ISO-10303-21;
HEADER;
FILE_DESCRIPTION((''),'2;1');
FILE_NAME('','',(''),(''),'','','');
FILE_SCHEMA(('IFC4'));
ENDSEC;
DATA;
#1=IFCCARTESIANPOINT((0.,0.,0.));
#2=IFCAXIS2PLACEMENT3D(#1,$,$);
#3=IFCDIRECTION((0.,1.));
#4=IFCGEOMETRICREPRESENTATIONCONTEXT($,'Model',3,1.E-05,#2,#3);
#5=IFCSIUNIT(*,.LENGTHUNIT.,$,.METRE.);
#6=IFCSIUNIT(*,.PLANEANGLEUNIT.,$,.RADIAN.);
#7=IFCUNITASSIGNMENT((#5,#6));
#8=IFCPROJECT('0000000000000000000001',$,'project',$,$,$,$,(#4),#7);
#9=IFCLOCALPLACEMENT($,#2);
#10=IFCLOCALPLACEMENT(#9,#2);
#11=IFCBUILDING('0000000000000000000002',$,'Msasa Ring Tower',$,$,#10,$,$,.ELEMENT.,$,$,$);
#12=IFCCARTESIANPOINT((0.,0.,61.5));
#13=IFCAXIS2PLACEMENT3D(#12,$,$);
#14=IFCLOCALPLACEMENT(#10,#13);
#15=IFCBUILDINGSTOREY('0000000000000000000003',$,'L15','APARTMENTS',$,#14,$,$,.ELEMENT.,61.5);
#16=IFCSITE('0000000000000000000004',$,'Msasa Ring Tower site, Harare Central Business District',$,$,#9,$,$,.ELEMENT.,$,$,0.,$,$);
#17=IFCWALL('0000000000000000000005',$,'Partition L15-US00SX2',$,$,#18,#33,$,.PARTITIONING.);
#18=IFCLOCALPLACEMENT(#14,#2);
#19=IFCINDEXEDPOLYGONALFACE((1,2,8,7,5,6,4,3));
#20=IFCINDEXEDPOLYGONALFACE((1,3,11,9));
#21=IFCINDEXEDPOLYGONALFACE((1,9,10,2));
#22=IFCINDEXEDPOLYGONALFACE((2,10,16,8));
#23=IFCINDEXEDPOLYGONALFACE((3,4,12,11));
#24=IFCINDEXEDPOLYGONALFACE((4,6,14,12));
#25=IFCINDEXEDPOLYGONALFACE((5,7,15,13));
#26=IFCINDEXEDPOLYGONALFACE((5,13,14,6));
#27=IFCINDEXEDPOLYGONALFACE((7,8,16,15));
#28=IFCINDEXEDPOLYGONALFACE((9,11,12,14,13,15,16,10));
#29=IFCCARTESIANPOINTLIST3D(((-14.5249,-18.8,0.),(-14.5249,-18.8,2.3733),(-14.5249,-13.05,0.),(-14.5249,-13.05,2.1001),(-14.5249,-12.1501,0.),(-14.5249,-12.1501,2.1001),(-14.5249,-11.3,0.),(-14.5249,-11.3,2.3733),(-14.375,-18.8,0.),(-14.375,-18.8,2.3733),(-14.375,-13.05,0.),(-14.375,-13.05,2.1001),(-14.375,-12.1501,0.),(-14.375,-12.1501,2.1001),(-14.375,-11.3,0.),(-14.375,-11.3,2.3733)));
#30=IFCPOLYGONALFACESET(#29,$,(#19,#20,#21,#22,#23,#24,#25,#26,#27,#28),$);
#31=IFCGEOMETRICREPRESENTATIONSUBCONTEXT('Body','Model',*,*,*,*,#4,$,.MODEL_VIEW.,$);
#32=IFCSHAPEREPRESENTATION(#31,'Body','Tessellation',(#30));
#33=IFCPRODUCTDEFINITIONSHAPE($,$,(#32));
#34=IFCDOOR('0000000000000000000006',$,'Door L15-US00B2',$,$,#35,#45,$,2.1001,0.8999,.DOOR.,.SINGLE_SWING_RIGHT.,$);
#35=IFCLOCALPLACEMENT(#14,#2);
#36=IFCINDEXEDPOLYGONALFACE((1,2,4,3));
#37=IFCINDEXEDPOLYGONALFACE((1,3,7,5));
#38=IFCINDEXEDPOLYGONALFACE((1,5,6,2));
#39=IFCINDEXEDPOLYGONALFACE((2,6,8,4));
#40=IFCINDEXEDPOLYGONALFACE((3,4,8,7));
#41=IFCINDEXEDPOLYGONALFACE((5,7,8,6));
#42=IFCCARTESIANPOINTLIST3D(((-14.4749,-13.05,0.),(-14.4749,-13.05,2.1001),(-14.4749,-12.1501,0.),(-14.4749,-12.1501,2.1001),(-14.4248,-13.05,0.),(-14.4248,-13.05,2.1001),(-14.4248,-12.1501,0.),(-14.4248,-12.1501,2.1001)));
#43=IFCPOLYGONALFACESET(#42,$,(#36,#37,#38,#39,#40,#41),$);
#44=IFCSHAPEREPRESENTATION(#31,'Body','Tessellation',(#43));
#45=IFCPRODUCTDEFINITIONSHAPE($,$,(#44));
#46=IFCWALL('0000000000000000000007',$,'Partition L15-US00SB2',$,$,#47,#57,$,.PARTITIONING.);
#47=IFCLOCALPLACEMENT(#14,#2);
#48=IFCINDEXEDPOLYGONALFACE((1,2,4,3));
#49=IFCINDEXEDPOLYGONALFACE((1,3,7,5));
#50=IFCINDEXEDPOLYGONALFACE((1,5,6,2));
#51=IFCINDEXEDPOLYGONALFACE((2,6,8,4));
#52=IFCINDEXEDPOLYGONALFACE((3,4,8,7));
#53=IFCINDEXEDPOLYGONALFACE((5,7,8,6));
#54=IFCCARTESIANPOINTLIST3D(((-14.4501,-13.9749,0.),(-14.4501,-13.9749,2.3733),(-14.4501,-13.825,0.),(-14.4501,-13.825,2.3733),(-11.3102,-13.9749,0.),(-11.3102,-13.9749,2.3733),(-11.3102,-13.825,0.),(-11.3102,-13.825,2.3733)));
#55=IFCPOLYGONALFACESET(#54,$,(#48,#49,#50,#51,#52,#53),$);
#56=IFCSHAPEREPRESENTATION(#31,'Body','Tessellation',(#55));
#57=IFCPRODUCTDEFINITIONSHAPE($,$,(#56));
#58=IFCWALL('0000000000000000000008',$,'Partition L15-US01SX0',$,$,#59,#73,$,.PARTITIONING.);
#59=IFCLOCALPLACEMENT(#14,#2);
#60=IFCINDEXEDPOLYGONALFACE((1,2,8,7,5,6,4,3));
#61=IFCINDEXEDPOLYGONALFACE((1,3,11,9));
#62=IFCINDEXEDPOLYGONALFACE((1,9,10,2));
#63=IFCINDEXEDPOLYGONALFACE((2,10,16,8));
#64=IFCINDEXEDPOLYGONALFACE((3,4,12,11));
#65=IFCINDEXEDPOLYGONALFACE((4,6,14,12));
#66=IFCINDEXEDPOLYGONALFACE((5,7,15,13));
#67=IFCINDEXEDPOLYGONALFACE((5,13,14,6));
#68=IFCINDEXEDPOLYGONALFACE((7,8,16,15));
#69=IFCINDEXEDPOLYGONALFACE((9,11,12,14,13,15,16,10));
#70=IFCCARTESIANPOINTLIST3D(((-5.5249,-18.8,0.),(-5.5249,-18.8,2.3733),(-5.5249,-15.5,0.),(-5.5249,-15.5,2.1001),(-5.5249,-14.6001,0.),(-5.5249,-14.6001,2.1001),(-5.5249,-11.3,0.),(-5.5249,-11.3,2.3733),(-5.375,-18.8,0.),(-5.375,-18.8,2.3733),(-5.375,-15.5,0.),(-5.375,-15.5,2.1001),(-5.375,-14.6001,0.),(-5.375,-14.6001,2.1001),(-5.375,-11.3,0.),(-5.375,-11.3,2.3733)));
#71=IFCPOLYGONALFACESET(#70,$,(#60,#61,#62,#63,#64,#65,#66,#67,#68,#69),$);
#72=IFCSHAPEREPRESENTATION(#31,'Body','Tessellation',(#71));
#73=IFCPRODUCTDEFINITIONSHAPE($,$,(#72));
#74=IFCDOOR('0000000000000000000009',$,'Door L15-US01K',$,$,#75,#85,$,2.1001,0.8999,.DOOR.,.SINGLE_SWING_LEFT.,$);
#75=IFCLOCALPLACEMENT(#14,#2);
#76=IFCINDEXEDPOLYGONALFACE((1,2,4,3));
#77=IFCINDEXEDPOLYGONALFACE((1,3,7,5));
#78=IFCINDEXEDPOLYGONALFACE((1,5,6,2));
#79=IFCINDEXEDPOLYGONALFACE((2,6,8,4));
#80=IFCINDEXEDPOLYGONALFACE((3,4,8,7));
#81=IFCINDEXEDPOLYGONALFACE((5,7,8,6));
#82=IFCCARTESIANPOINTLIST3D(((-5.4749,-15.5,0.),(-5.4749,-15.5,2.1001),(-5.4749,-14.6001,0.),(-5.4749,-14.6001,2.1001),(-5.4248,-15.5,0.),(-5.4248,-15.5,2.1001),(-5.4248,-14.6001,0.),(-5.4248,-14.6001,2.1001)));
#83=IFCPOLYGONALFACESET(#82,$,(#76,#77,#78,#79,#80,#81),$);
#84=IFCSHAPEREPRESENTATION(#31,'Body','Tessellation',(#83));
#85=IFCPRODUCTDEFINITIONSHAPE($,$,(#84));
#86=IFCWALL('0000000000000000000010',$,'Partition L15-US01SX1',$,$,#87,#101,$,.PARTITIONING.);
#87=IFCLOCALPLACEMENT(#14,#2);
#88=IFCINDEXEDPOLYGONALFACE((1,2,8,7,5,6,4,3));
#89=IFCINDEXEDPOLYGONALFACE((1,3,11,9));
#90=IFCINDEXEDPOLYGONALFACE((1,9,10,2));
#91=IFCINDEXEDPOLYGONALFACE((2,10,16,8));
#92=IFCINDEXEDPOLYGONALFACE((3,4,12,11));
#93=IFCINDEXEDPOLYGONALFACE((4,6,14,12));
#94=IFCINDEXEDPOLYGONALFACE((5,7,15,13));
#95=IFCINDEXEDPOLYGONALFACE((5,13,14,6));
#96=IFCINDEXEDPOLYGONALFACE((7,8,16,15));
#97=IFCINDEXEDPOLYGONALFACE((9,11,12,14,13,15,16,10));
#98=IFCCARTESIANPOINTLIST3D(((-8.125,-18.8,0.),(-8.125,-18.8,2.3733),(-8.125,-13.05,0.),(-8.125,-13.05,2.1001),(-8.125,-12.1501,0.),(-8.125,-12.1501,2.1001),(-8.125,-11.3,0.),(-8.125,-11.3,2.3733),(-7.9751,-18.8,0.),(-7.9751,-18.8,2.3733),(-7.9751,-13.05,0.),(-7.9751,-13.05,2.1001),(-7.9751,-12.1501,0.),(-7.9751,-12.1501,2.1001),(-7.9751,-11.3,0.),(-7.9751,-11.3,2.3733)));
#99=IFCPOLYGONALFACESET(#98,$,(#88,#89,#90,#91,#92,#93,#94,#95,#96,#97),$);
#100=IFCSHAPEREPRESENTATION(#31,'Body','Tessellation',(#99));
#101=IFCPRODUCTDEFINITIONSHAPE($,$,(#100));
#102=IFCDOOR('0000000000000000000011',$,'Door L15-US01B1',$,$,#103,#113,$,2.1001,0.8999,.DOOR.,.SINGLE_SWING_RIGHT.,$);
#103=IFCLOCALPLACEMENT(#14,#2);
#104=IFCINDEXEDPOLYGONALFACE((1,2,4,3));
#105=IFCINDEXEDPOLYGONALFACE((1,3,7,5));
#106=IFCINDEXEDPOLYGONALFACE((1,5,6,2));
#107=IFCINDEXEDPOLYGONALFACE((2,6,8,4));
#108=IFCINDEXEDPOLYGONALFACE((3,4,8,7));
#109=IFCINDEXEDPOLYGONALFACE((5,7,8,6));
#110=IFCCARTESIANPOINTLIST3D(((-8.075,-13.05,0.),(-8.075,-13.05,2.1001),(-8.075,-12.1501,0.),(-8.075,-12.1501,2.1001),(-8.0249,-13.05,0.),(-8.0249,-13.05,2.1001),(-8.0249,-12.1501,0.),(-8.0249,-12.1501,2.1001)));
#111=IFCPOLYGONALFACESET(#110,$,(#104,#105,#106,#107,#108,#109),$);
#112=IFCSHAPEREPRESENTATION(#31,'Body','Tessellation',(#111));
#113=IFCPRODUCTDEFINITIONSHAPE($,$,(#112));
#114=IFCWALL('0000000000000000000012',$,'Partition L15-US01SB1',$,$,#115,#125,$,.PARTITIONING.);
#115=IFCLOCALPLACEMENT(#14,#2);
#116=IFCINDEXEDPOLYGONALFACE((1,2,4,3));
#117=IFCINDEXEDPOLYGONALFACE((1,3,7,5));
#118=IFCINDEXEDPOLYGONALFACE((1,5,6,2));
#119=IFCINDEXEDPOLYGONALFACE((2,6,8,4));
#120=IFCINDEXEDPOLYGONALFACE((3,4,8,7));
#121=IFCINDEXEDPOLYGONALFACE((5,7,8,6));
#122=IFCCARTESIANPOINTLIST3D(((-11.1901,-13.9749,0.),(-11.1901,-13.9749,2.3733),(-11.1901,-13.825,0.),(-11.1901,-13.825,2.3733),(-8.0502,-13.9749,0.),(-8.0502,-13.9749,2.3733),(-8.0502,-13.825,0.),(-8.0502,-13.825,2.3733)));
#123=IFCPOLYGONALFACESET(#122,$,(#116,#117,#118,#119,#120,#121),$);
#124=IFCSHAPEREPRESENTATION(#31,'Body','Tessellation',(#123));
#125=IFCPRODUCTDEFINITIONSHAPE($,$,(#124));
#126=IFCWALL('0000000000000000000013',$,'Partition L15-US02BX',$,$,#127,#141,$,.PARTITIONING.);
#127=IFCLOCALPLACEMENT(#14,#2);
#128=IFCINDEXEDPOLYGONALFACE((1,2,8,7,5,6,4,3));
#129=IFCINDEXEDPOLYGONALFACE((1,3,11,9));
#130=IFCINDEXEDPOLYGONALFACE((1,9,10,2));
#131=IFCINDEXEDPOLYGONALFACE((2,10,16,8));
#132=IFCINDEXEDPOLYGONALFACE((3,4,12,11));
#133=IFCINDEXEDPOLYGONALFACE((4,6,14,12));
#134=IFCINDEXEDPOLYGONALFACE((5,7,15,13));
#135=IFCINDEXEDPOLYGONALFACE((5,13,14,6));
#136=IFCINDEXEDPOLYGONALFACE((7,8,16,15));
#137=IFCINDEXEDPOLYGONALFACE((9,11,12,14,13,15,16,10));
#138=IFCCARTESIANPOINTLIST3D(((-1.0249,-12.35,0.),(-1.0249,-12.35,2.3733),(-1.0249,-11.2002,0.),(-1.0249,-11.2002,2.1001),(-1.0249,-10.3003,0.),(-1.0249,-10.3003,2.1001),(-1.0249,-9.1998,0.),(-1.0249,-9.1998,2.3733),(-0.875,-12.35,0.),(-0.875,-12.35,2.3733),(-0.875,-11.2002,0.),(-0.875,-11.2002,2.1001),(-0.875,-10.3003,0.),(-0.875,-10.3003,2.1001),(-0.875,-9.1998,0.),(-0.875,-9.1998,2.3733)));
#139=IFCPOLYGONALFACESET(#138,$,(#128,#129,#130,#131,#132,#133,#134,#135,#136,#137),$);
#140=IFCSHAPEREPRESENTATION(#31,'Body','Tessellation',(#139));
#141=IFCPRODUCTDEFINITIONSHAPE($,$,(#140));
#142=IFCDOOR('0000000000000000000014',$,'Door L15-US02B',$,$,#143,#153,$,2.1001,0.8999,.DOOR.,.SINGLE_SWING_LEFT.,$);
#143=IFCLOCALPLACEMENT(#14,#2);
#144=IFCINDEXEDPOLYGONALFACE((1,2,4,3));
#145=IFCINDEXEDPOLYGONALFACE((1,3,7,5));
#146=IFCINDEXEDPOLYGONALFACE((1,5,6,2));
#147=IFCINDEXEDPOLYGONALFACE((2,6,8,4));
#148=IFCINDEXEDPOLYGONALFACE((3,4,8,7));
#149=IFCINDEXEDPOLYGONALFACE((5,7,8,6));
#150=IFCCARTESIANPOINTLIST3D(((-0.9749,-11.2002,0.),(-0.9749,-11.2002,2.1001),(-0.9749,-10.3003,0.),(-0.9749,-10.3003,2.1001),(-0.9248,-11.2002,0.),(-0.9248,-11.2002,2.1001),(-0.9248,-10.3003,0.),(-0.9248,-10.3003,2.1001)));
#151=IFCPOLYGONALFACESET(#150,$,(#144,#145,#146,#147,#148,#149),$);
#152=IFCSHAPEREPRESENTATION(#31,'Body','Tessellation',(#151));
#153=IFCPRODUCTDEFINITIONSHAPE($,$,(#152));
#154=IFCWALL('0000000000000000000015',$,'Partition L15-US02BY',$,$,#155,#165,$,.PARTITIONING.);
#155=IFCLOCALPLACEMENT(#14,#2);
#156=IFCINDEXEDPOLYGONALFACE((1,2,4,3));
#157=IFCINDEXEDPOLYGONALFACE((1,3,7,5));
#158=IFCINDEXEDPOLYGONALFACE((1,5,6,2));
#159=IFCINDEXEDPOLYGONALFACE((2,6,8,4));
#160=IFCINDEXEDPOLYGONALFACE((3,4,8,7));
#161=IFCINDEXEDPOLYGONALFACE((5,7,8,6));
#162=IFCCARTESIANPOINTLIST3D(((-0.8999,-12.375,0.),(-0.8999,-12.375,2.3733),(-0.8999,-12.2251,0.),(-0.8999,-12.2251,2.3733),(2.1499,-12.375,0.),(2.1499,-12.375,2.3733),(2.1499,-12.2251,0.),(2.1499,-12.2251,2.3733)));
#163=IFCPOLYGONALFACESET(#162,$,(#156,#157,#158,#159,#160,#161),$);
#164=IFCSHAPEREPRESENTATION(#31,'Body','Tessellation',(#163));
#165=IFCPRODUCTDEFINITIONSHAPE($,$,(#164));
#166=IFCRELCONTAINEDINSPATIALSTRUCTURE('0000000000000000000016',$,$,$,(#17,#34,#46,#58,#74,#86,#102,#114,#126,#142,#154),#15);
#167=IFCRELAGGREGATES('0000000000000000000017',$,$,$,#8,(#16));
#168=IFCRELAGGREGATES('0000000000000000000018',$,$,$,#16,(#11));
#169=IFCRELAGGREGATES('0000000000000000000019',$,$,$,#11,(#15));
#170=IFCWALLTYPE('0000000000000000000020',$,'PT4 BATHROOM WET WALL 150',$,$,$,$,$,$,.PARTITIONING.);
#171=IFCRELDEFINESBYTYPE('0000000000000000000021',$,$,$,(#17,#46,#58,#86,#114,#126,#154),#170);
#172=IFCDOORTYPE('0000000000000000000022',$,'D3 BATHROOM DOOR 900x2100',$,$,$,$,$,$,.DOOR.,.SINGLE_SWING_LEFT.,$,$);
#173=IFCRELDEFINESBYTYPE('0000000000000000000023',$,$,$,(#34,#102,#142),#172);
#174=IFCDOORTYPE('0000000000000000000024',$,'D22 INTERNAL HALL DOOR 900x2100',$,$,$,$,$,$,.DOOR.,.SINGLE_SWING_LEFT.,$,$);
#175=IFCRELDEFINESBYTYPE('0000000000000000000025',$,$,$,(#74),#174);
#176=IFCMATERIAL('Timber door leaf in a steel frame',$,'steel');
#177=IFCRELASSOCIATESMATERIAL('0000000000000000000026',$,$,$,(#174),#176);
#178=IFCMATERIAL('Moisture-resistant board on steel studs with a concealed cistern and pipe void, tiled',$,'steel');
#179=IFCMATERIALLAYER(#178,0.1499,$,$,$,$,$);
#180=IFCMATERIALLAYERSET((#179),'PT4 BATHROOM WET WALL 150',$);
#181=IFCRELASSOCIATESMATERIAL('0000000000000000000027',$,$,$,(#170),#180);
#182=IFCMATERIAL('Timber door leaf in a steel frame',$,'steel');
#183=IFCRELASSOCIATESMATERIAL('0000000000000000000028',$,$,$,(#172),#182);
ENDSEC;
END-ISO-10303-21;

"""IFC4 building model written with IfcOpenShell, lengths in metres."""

from ifc_helpers import new_model, si_unit, direction, frame, frame_2d, origin, place, context, subcontext, project, spatial, rectangle, extrude, material, layer, layer_set, type_object, element, fill, save


model = new_model("IFC4")

# Units and contexts
model_context = context("Model", 3, precision=1e-05, world=origin(), true_north=direction((0.0, 1.0)))
body_context = subcontext(model_context, "Body", "Model", "MODEL_VIEW")
ifc_project = project(units=[si_unit("LENGTHUNIT", "METRE"), si_unit("PLANEANGLEUNIT", "RADIAN")], contexts=[model_context])

# Site, building, storey
site_placement = place(None, origin())
site = spatial("IfcSite", under=ifc_project, at=site_placement, Name="Msasa Ring Tower site, Harare Central Business District", CompositionType="ELEMENT", RefElevation=0.0)
building_placement = place(site_placement, origin())
building = spatial("IfcBuilding", under=site, at=building_placement, Name="Msasa Ring Tower", CompositionType="ELEMENT")
storey_placement = place(building_placement, frame((0.0, 0.0, 61.5)))
storey = spatial("IfcBuildingStorey", under=building, at=storey_placement, Name="L15", Description="APARTMENTS", CompositionType="ELEMENT", Elevation=61.5)

# Shared definitions
ifc_material_1 = material(Name="Timber door leaf in a steel frame", Category="steel")
door_type_1 = type_object("IfcDoorType", Name="D22 INTERNAL HALL DOOR 900x2100", OperationType="SINGLE_SWING_LEFT", PredefinedType="DOOR", material=ifc_material_1)

# Wall, opening, door
ifc_material_2 = material(Name="Moisture-resistant board on steel studs with a concealed cistern and pipe void, tiled", Category="steel")
ifc_layer_1 = layer(ifc_material_2, 0.1499)
ifc_layer_set_1 = layer_set([ifc_layer_1], Name="PT4 BATHROOM WET WALL 150")
wall_type_1 = type_object("IfcWallType", Name="PT4 BATHROOM WET WALL 150", PredefinedType="PARTITIONING", material=ifc_layer_set_1)
wall_1_placement = place(storey_placement, frame((-14.45, -18.8, 0.0), z_axis=(0.0, 0.0, 1.0), x_axis=(0.0, 1.0, 0.0)))
wall_1 = element("IfcWall", 1, at=wall_1_placement, inside=storey, type_object=wall_type_1, Name="Partition L15-US00SX2", PredefinedType="PARTITIONING", context=body_context, shape_type="SweptSolid", body=[
    extrude(rectangle(XDim=7.5, YDim=0.1499, at=frame_2d((3.75, 0.0))), origin(), (0.0, 0.0, 1.0), 2.3733),
])
opening_1_placement = place(wall_1_placement, frame((5.75, 0.0, 0.0)))
opening_1 = element("IfcOpeningElement", 2, at=opening_1_placement, cuts=wall_1, PredefinedType="OPENING", context=body_context, shape_type="SweptSolid", body=[
    extrude(rectangle(XDim=0.8999, YDim=2.1001, at=frame_2d((0.45, 1.05))), frame((0.0, 0.085, 0.0), z_axis=(0.0, -1.0, 0.0), x_axis=(1.0, 0.0, 0.0)), (0.0, 0.0, 1.0), 0.1699),
])
ifc_material_3 = material(Name="Timber door leaf in a steel frame", Category="steel")
door_type_2 = type_object("IfcDoorType", Name="D3 BATHROOM DOOR 900x2100", OperationType="SINGLE_SWING_LEFT", PredefinedType="DOOR", material=ifc_material_3)
door_1_placement = place(opening_1_placement, origin())
door_1 = element("IfcDoor", 3, at=door_1_placement, inside=storey, type_object=door_type_2, Name="Door L15-US00B2", OperationType="SINGLE_SWING_RIGHT", OverallHeight=2.1001, OverallWidth=0.8999, PredefinedType="DOOR", context=body_context, shape_type="SweptSolid", body=[
    extrude(rectangle(XDim=0.8999, YDim=2.1001, at=frame_2d((0.45, 1.05))), frame((0.0, 0.0249, 0.0), z_axis=(0.0, -1.0, 0.0), x_axis=(1.0, 0.0, 0.0)), (0.0, 0.0, 1.0), 0.05),
])
fill(opening_1, door_1)

# Wall
wall_2_placement = place(storey_placement, frame((-14.45, -13.8999, 0.0), z_axis=(0.0, 0.0, 1.0), x_axis=(1.0, 0.0, 0.0)))
element("IfcWall", 4, at=wall_2_placement, inside=storey, type_object=wall_type_1, Name="Partition L15-US00SB2", PredefinedType="PARTITIONING", context=body_context, shape_type="SweptSolid", body=[
    extrude(rectangle(XDim=3.1399, YDim=0.1499, at=frame_2d((1.5698, 0.0))), origin(), (0.0, 0.0, 1.0), 2.3733),
])

# Walls, openings, doors
wall_3_placement = place(storey_placement, frame((-5.45, -18.8, 0.0), z_axis=(0.0, 0.0, 1.0), x_axis=(0.0, 1.0, 0.0)))
wall_3 = element("IfcWall", 5, at=wall_3_placement, inside=storey, type_object=wall_type_1, Name="Partition L15-US01SX0", PredefinedType="PARTITIONING", context=body_context, shape_type="SweptSolid", body=[
    extrude(rectangle(XDim=7.5, YDim=0.1499, at=frame_2d((3.75, 0.0))), origin(), (0.0, 0.0, 1.0), 2.3733),
])
opening_2_placement = place(wall_3_placement, frame((3.3, 0.0, 0.0)))
opening_2 = element("IfcOpeningElement", 6, at=opening_2_placement, cuts=wall_3, PredefinedType="OPENING", context=body_context, shape_type="SweptSolid", body=[
    extrude(rectangle(XDim=0.8999, YDim=2.1001, at=frame_2d((0.45, 1.05))), frame((0.0, 0.085, 0.0), z_axis=(0.0, -1.0, 0.0), x_axis=(1.0, 0.0, 0.0)), (0.0, 0.0, 1.0), 0.1699),
])
door_2_placement = place(opening_2_placement, origin())
door_2 = element("IfcDoor", 7, at=door_2_placement, inside=storey, type_object=door_type_1, Name="Door L15-US01K", OperationType="SINGLE_SWING_LEFT", OverallHeight=2.1001, OverallWidth=0.8999, PredefinedType="DOOR", context=body_context, shape_type="SweptSolid", body=[
    extrude(rectangle(XDim=0.8999, YDim=2.1001, at=frame_2d((0.45, 1.05))), frame((0.0, 0.0249, 0.0), z_axis=(0.0, -1.0, 0.0), x_axis=(1.0, 0.0, 0.0)), (0.0, 0.0, 1.0), 0.05),
])
fill(opening_2, door_2)
wall_4_placement = place(storey_placement, frame((-8.05, -18.8, 0.0), z_axis=(0.0, 0.0, 1.0), x_axis=(0.0, 1.0, 0.0)))
wall_4 = element("IfcWall", 8, at=wall_4_placement, inside=storey, type_object=wall_type_1, Name="Partition L15-US01SX1", PredefinedType="PARTITIONING", context=body_context, shape_type="SweptSolid", body=[
    extrude(rectangle(XDim=7.5, YDim=0.1499, at=frame_2d((3.75, 0.0))), origin(), (0.0, 0.0, 1.0), 2.3733),
])
opening_3_placement = place(wall_4_placement, frame((5.75, 0.0, 0.0)))
opening_3 = element("IfcOpeningElement", 9, at=opening_3_placement, cuts=wall_4, PredefinedType="OPENING", context=body_context, shape_type="SweptSolid", body=[
    extrude(rectangle(XDim=0.8999, YDim=2.1001, at=frame_2d((0.45, 1.05))), frame((0.0, 0.085, 0.0), z_axis=(0.0, -1.0, 0.0), x_axis=(1.0, 0.0, 0.0)), (0.0, 0.0, 1.0), 0.1699),
])
door_3_placement = place(opening_3_placement, origin())
door_3 = element("IfcDoor", 10, at=door_3_placement, inside=storey, type_object=door_type_2, Name="Door L15-US01B1", OperationType="SINGLE_SWING_RIGHT", OverallHeight=2.1001, OverallWidth=0.8999, PredefinedType="DOOR", context=body_context, shape_type="SweptSolid", body=[
    extrude(rectangle(XDim=0.8999, YDim=2.1001, at=frame_2d((0.45, 1.05))), frame((0.0, 0.0249, 0.0), z_axis=(0.0, -1.0, 0.0), x_axis=(1.0, 0.0, 0.0)), (0.0, 0.0, 1.0), 0.05),
])
fill(opening_3, door_3)

# Wall
wall_5_placement = place(storey_placement, frame((-11.1899, -13.8999, 0.0), z_axis=(0.0, 0.0, 1.0), x_axis=(1.0, 0.0, 0.0)))
element("IfcWall", 11, at=wall_5_placement, inside=storey, type_object=wall_type_1, Name="Partition L15-US01SB1", PredefinedType="PARTITIONING", context=body_context, shape_type="SweptSolid", body=[
    extrude(rectangle(XDim=3.1399, YDim=0.1499, at=frame_2d((1.5698, 0.0))), origin(), (0.0, 0.0, 1.0), 2.3733),
])

# Wall, opening, door
wall_6_placement = place(storey_placement, frame((-0.95, -12.3501, 0.0), z_axis=(0.0, 0.0, 1.0), x_axis=(0.0, 1.0, 0.0)))
wall_6 = element("IfcWall", 12, at=wall_6_placement, inside=storey, type_object=wall_type_1, Name="Partition L15-US02BX", PredefinedType="PARTITIONING", context=body_context, shape_type="SweptSolid", body=[
    extrude(rectangle(XDim=3.1501, YDim=0.1499, at=frame_2d((1.5752, 0.0))), origin(), (0.0, 0.0, 1.0), 2.3733),
])
opening_4_placement = place(wall_6_placement, frame((1.1499, 0.0, 0.0)))
opening_4 = element("IfcOpeningElement", 13, at=opening_4_placement, cuts=wall_6, PredefinedType="OPENING", context=body_context, shape_type="SweptSolid", body=[
    extrude(rectangle(XDim=0.8999, YDim=2.1001, at=frame_2d((0.45, 1.05))), frame((0.0, 0.085, 0.0), z_axis=(0.0, -1.0, 0.0), x_axis=(1.0, 0.0, 0.0)), (0.0, 0.0, 1.0), 0.1699),
])
door_4_placement = place(opening_4_placement, origin())
door_4 = element("IfcDoor", 14, at=door_4_placement, inside=storey, type_object=door_type_2, Name="Door L15-US02B", OperationType="SINGLE_SWING_LEFT", OverallHeight=2.1001, OverallWidth=0.8999, PredefinedType="DOOR", context=body_context, shape_type="SweptSolid", body=[
    extrude(rectangle(XDim=0.8999, YDim=2.1001, at=frame_2d((0.45, 1.05))), frame((0.0, 0.0249, 0.0), z_axis=(0.0, -1.0, 0.0), x_axis=(1.0, 0.0, 0.0)), (0.0, 0.0, 1.0), 0.05),
])
fill(opening_4, door_4)

# Wall
wall_7_placement = place(storey_placement, frame((-0.8999, -12.3, 0.0), z_axis=(0.0, 0.0, 1.0), x_axis=(1.0, 0.0, 0.0)))
element("IfcWall", 15, at=wall_7_placement, inside=storey, type_object=wall_type_1, Name="Partition L15-US02BY", PredefinedType="PARTITIONING", context=body_context, shape_type="SweptSolid", body=[
    extrude(rectangle(XDim=3.0498, YDim=0.1499, at=frame_2d((1.5249, 0.0))), origin(), (0.0, 0.0, 1.0), 2.3733),
])

save(model, "model.ifc")
